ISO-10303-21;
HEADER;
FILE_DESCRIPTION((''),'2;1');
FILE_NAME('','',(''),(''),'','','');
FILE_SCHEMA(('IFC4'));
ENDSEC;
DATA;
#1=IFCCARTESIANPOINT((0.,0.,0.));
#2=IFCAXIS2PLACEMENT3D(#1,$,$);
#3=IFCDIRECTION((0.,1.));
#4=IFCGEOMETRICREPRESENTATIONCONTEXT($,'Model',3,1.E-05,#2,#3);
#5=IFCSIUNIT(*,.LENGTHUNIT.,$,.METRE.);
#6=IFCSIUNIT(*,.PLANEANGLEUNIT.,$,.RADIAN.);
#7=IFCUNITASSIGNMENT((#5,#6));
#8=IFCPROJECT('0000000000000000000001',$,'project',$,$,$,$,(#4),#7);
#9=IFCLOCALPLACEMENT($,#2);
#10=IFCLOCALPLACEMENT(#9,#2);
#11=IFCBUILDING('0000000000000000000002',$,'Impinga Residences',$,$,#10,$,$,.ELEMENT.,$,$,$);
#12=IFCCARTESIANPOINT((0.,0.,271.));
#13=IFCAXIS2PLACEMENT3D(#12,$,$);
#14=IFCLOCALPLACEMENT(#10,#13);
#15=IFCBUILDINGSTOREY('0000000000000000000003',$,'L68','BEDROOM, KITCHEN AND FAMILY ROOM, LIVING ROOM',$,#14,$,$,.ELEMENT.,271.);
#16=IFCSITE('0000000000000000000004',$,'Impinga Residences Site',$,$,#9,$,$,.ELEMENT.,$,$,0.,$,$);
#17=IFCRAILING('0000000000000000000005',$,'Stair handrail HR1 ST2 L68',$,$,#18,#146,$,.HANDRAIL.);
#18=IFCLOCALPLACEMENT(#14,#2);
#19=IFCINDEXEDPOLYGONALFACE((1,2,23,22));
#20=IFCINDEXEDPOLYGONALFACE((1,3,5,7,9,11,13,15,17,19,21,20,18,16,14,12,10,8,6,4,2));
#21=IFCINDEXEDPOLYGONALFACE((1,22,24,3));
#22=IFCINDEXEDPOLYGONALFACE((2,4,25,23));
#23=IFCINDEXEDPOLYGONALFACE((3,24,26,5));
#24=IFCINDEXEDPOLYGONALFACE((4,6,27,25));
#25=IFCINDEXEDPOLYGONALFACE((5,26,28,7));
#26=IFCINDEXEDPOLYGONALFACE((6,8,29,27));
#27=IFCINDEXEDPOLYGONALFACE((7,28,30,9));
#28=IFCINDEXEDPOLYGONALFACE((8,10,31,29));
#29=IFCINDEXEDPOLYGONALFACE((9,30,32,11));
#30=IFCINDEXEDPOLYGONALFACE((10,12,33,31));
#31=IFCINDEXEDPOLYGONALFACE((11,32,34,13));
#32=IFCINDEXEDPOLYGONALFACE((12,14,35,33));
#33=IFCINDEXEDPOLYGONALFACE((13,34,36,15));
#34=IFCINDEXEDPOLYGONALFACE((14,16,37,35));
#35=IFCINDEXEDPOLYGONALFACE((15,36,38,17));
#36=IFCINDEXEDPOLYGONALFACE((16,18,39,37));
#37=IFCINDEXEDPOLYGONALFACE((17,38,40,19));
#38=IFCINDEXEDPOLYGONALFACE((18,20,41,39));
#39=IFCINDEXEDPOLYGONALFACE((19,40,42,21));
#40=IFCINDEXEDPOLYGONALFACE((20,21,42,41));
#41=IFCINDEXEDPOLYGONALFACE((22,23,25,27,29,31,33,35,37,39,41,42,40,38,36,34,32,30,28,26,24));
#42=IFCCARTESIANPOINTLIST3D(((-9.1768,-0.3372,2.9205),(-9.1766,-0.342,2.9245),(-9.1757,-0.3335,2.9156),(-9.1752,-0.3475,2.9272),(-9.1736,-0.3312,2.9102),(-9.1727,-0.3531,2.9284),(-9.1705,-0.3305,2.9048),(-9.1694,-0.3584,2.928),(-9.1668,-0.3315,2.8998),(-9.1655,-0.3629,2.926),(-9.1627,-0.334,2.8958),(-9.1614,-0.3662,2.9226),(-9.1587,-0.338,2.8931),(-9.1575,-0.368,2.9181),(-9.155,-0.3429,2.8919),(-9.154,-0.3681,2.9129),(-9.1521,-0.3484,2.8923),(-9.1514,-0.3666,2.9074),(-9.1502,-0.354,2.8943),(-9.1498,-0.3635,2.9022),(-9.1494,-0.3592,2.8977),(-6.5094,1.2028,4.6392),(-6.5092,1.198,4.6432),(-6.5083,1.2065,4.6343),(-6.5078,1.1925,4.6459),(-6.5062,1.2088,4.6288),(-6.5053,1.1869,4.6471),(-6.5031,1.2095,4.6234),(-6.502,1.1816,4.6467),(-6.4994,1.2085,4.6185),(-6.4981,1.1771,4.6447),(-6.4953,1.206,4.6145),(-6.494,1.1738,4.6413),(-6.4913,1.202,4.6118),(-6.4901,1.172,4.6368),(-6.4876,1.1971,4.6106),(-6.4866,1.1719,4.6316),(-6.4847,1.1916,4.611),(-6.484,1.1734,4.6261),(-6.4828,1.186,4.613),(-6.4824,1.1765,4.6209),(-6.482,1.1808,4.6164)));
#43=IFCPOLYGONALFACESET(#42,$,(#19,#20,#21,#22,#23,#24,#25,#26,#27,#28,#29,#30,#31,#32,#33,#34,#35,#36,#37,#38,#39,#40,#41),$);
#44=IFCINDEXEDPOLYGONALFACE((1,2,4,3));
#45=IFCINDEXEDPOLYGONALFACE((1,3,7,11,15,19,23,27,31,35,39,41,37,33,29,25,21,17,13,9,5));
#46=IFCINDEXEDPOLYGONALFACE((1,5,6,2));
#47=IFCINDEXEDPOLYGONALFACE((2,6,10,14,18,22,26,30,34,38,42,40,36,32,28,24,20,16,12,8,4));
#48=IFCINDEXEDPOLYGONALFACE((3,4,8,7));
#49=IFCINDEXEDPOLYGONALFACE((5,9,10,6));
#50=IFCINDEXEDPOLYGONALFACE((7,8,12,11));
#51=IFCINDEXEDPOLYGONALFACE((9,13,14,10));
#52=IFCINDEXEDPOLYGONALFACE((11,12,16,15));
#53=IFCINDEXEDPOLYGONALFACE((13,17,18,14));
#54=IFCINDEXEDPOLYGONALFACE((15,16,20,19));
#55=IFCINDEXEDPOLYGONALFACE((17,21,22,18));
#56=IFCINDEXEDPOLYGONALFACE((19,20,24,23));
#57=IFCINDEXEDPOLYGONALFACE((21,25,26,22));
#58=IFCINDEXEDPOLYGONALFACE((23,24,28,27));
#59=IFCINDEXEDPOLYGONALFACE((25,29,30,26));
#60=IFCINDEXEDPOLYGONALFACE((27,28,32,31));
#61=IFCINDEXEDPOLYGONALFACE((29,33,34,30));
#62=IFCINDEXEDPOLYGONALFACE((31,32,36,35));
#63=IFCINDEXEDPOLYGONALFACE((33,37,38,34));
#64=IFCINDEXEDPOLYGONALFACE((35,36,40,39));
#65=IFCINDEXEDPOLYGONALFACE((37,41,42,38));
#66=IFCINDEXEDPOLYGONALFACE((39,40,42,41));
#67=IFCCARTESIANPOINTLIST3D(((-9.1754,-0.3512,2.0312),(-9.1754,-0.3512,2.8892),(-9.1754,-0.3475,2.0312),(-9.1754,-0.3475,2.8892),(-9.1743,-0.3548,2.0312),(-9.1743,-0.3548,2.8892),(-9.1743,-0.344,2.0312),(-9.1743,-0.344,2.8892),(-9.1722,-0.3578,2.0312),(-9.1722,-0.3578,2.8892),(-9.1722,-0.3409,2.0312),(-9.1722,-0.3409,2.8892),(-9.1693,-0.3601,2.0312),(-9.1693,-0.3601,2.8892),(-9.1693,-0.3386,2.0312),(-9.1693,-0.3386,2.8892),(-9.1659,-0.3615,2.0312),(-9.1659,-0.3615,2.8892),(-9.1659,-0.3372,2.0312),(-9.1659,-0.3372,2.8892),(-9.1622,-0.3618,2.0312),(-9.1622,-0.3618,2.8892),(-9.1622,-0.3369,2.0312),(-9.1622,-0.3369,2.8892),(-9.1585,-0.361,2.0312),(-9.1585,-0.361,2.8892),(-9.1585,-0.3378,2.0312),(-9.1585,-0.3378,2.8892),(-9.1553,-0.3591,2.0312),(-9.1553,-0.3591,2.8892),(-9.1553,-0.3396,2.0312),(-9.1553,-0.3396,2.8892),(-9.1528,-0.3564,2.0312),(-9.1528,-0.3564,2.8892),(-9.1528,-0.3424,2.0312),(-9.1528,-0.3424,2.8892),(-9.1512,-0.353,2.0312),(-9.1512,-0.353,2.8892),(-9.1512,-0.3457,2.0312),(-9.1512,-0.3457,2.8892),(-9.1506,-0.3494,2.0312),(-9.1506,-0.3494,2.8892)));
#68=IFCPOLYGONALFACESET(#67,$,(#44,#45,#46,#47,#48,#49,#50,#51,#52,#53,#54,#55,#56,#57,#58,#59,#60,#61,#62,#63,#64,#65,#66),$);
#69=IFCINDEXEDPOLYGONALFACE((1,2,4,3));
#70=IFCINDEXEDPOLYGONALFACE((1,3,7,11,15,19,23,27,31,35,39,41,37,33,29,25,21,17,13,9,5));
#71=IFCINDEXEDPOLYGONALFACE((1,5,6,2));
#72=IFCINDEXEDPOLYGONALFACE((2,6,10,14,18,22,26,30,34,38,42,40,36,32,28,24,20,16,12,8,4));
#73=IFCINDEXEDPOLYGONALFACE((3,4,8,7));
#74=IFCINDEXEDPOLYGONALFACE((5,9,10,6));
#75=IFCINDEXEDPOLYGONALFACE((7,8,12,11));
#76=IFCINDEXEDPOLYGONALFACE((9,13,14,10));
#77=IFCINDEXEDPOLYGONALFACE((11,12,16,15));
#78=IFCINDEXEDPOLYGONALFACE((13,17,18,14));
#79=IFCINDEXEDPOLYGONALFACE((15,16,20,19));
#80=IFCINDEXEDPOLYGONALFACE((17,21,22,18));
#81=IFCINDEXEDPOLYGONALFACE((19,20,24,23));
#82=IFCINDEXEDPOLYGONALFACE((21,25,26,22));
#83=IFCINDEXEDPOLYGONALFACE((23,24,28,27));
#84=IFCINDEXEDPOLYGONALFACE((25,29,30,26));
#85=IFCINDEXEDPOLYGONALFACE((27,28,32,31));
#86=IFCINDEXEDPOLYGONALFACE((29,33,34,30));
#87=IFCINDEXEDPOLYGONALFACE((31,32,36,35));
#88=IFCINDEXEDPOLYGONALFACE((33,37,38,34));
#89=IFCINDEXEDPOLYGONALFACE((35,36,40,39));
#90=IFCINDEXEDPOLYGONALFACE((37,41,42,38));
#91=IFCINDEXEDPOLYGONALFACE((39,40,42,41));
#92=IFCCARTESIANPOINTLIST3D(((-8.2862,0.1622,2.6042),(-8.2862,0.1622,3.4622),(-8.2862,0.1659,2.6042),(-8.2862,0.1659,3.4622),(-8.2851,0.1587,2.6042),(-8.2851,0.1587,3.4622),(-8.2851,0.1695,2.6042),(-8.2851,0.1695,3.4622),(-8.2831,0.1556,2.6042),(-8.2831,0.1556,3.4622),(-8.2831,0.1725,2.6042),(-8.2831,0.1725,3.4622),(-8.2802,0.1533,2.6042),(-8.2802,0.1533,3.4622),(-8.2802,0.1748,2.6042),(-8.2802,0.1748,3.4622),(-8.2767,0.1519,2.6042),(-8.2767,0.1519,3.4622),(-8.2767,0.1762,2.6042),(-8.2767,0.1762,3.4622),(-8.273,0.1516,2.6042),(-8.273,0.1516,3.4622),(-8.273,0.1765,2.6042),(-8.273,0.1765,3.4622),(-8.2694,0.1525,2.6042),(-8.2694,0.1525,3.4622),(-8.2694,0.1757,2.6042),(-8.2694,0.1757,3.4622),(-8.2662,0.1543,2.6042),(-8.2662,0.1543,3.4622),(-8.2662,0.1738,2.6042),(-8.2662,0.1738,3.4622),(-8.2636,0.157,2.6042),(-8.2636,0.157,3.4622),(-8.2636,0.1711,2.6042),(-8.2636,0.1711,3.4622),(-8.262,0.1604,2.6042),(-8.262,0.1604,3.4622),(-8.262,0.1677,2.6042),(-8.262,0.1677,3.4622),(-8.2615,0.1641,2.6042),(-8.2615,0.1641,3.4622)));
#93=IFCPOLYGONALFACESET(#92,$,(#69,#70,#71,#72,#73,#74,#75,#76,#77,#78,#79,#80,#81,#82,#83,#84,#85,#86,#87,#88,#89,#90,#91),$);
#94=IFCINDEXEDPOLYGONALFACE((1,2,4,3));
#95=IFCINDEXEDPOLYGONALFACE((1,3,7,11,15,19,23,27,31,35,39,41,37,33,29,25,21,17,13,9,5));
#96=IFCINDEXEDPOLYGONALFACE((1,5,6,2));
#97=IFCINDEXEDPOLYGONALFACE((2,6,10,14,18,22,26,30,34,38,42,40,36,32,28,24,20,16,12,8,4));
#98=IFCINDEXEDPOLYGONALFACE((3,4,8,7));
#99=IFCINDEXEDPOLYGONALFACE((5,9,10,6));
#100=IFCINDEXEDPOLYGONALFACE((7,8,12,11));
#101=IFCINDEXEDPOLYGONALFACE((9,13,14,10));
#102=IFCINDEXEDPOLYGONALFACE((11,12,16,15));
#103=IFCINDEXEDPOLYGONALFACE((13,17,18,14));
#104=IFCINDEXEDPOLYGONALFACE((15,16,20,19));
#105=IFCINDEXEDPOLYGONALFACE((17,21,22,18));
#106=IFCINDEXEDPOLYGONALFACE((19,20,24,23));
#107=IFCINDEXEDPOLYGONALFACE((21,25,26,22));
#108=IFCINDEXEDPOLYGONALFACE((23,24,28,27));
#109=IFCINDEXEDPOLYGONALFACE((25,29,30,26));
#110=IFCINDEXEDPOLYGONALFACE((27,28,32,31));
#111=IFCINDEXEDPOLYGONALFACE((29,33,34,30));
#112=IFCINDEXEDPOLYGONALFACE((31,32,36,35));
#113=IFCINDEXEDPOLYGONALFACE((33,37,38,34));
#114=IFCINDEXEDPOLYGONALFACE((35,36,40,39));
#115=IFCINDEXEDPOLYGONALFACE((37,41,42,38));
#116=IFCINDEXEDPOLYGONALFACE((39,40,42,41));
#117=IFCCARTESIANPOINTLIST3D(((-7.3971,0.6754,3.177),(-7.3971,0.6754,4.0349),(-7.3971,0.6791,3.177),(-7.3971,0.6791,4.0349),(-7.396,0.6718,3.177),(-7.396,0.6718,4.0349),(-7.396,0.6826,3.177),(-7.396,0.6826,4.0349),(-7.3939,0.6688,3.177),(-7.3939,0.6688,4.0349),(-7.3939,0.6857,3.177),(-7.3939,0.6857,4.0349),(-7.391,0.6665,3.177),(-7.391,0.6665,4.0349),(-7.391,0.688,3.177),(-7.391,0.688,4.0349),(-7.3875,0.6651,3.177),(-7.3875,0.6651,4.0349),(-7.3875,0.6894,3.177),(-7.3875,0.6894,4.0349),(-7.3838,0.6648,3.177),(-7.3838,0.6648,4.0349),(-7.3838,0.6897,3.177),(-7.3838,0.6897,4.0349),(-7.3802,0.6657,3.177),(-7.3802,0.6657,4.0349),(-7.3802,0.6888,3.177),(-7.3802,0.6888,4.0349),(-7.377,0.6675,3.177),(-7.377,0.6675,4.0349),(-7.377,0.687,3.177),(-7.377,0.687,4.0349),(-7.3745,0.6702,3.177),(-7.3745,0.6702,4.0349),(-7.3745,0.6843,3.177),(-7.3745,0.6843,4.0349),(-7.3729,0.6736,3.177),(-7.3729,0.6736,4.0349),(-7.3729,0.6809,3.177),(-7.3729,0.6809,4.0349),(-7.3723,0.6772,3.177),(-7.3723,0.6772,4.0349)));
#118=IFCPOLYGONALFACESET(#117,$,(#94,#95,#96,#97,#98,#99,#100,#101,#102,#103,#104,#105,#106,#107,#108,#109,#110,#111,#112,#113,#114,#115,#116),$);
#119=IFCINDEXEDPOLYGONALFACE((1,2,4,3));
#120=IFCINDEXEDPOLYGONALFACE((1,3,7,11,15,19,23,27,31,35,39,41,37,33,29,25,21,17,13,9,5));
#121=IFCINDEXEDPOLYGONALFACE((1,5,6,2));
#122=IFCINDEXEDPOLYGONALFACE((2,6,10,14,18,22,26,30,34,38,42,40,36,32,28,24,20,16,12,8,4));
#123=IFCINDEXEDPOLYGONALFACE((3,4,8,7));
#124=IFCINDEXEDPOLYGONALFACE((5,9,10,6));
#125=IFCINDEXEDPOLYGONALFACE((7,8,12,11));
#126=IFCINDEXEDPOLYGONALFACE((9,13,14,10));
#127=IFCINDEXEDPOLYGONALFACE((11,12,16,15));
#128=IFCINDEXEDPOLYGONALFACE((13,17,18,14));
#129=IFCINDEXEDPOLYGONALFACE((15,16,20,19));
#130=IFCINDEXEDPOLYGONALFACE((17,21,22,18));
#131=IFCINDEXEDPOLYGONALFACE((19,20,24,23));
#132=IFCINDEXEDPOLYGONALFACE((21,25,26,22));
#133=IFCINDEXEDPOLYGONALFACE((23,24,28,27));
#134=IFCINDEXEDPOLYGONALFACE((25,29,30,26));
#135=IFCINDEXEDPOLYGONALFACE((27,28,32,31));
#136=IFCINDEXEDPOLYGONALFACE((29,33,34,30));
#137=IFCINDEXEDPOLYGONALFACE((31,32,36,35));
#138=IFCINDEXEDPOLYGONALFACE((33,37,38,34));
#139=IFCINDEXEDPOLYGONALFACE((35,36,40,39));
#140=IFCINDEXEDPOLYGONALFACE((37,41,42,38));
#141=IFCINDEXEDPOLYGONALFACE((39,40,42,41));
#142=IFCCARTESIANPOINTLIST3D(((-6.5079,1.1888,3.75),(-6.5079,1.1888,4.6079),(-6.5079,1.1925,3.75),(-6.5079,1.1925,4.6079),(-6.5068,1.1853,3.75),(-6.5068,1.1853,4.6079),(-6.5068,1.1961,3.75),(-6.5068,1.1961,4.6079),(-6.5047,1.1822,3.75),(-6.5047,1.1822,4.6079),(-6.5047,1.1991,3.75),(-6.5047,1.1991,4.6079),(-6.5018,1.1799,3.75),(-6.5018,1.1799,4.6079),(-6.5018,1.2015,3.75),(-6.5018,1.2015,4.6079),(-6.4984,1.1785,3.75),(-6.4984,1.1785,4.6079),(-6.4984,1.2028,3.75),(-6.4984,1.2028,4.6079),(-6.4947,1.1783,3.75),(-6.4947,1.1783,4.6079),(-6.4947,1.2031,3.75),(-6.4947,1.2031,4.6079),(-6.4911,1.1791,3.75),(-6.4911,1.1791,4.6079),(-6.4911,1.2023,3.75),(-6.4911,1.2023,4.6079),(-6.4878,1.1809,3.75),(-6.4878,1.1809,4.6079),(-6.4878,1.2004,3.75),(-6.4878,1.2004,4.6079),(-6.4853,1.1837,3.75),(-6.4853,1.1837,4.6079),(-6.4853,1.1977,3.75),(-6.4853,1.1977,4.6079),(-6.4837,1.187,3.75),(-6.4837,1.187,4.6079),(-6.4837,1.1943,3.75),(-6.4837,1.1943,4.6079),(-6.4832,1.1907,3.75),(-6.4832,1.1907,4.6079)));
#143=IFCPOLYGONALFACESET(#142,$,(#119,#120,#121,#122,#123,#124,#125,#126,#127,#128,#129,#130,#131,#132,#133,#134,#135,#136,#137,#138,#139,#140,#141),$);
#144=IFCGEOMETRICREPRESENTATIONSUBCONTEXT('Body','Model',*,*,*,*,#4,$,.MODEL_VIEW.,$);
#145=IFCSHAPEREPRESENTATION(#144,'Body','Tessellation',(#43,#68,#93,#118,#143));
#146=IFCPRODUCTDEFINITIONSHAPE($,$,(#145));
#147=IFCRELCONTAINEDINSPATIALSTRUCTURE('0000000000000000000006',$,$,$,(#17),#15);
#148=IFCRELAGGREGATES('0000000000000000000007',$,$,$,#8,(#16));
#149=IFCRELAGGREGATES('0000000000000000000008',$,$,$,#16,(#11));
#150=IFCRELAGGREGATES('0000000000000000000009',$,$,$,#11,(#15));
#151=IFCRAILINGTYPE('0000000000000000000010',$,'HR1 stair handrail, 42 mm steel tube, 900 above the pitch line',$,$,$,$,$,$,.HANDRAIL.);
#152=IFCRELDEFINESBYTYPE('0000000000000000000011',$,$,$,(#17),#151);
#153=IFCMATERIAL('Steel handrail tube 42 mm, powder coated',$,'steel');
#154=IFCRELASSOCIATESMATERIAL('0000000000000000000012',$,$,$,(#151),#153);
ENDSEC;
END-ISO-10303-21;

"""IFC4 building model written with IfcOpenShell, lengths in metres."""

from ifc_helpers import new_model, si_unit, direction, frame, origin, origin_2d, place, context, subcontext, project, spatial, circle, extrude, material, type_object, element, save


model = new_model("IFC4")

# Units and contexts
model_context = context("Model", 3, precision=1e-05, world=origin(), true_north=direction((0.0, 1.0)))
body_context = subcontext(model_context, "Body", "Model", "MODEL_VIEW")
ifc_project = project(units=[si_unit("LENGTHUNIT", "METRE"), si_unit("PLANEANGLEUNIT", "RADIAN")], contexts=[model_context])

# Site, building, storey
site_placement = place(None, origin())
site = spatial("IfcSite", under=ifc_project, at=site_placement, Name="Impinga Residences Site", CompositionType="ELEMENT", RefElevation=0.0)
building_placement = place(site_placement, origin())
building = spatial("IfcBuilding", under=site, at=building_placement, Name="Impinga Residences", CompositionType="ELEMENT")
storey_placement = place(building_placement, frame((0.0, 0.0, 271.0)))
storey = spatial("IfcBuildingStorey", under=building, at=storey_placement, Name="L68", Description="BEDROOM, KITCHEN AND FAMILY ROOM, LIVING ROOM", CompositionType="ELEMENT", Elevation=271.0)

# Railing
ifc_material_1 = material(Name="Steel handrail tube 42 mm, powder coated", Category="steel")
railing_type_1 = type_object("IfcRailingType", Name="HR1 stair handrail, 42 mm steel tube, 900 above the pitch line", PredefinedType="HANDRAIL", material=ifc_material_1)
railing_1_placement = place(storey_placement, frame((-9.1631, -0.3494, 2.0312)))
element("IfcRailing", 1, at=railing_1_placement, inside=storey, type_object=railing_type_1, Name="Stair handrail HR1 ST2 L68", PredefinedType="HANDRAIL", context=body_context, shape_type="SweptSolid", body=[
    extrude(circle(Radius=0.021, at=origin_2d()), frame((0.0, 0.0, 0.8789), z_axis=(0.756256, 0.436616, 0.487282), x_axis=(-0.499992, 0.86603, 0.0)), (0.0, 0.0, 1.0), 3.5271),
    extrude(circle(Radius=0.0125, at=origin_2d()), origin(), (0.0, 0.0, 1.0), 0.8579),
    extrude(circle(Radius=0.0125, at=origin_2d()), frame((0.8892, 0.5134, 0.573)), (0.0, 0.0, 1.0), 0.8579),
    extrude(circle(Radius=0.0125, at=origin_2d()), frame((1.7783, 1.0266, 1.1458)), (0.0, 0.0, 1.0), 0.8579),
    extrude(circle(Radius=0.0125, at=origin_2d()), frame((2.6675, 1.54, 1.7188)), (0.0, 0.0, 1.0), 0.8579),
])

save(model, "model.ifc")
